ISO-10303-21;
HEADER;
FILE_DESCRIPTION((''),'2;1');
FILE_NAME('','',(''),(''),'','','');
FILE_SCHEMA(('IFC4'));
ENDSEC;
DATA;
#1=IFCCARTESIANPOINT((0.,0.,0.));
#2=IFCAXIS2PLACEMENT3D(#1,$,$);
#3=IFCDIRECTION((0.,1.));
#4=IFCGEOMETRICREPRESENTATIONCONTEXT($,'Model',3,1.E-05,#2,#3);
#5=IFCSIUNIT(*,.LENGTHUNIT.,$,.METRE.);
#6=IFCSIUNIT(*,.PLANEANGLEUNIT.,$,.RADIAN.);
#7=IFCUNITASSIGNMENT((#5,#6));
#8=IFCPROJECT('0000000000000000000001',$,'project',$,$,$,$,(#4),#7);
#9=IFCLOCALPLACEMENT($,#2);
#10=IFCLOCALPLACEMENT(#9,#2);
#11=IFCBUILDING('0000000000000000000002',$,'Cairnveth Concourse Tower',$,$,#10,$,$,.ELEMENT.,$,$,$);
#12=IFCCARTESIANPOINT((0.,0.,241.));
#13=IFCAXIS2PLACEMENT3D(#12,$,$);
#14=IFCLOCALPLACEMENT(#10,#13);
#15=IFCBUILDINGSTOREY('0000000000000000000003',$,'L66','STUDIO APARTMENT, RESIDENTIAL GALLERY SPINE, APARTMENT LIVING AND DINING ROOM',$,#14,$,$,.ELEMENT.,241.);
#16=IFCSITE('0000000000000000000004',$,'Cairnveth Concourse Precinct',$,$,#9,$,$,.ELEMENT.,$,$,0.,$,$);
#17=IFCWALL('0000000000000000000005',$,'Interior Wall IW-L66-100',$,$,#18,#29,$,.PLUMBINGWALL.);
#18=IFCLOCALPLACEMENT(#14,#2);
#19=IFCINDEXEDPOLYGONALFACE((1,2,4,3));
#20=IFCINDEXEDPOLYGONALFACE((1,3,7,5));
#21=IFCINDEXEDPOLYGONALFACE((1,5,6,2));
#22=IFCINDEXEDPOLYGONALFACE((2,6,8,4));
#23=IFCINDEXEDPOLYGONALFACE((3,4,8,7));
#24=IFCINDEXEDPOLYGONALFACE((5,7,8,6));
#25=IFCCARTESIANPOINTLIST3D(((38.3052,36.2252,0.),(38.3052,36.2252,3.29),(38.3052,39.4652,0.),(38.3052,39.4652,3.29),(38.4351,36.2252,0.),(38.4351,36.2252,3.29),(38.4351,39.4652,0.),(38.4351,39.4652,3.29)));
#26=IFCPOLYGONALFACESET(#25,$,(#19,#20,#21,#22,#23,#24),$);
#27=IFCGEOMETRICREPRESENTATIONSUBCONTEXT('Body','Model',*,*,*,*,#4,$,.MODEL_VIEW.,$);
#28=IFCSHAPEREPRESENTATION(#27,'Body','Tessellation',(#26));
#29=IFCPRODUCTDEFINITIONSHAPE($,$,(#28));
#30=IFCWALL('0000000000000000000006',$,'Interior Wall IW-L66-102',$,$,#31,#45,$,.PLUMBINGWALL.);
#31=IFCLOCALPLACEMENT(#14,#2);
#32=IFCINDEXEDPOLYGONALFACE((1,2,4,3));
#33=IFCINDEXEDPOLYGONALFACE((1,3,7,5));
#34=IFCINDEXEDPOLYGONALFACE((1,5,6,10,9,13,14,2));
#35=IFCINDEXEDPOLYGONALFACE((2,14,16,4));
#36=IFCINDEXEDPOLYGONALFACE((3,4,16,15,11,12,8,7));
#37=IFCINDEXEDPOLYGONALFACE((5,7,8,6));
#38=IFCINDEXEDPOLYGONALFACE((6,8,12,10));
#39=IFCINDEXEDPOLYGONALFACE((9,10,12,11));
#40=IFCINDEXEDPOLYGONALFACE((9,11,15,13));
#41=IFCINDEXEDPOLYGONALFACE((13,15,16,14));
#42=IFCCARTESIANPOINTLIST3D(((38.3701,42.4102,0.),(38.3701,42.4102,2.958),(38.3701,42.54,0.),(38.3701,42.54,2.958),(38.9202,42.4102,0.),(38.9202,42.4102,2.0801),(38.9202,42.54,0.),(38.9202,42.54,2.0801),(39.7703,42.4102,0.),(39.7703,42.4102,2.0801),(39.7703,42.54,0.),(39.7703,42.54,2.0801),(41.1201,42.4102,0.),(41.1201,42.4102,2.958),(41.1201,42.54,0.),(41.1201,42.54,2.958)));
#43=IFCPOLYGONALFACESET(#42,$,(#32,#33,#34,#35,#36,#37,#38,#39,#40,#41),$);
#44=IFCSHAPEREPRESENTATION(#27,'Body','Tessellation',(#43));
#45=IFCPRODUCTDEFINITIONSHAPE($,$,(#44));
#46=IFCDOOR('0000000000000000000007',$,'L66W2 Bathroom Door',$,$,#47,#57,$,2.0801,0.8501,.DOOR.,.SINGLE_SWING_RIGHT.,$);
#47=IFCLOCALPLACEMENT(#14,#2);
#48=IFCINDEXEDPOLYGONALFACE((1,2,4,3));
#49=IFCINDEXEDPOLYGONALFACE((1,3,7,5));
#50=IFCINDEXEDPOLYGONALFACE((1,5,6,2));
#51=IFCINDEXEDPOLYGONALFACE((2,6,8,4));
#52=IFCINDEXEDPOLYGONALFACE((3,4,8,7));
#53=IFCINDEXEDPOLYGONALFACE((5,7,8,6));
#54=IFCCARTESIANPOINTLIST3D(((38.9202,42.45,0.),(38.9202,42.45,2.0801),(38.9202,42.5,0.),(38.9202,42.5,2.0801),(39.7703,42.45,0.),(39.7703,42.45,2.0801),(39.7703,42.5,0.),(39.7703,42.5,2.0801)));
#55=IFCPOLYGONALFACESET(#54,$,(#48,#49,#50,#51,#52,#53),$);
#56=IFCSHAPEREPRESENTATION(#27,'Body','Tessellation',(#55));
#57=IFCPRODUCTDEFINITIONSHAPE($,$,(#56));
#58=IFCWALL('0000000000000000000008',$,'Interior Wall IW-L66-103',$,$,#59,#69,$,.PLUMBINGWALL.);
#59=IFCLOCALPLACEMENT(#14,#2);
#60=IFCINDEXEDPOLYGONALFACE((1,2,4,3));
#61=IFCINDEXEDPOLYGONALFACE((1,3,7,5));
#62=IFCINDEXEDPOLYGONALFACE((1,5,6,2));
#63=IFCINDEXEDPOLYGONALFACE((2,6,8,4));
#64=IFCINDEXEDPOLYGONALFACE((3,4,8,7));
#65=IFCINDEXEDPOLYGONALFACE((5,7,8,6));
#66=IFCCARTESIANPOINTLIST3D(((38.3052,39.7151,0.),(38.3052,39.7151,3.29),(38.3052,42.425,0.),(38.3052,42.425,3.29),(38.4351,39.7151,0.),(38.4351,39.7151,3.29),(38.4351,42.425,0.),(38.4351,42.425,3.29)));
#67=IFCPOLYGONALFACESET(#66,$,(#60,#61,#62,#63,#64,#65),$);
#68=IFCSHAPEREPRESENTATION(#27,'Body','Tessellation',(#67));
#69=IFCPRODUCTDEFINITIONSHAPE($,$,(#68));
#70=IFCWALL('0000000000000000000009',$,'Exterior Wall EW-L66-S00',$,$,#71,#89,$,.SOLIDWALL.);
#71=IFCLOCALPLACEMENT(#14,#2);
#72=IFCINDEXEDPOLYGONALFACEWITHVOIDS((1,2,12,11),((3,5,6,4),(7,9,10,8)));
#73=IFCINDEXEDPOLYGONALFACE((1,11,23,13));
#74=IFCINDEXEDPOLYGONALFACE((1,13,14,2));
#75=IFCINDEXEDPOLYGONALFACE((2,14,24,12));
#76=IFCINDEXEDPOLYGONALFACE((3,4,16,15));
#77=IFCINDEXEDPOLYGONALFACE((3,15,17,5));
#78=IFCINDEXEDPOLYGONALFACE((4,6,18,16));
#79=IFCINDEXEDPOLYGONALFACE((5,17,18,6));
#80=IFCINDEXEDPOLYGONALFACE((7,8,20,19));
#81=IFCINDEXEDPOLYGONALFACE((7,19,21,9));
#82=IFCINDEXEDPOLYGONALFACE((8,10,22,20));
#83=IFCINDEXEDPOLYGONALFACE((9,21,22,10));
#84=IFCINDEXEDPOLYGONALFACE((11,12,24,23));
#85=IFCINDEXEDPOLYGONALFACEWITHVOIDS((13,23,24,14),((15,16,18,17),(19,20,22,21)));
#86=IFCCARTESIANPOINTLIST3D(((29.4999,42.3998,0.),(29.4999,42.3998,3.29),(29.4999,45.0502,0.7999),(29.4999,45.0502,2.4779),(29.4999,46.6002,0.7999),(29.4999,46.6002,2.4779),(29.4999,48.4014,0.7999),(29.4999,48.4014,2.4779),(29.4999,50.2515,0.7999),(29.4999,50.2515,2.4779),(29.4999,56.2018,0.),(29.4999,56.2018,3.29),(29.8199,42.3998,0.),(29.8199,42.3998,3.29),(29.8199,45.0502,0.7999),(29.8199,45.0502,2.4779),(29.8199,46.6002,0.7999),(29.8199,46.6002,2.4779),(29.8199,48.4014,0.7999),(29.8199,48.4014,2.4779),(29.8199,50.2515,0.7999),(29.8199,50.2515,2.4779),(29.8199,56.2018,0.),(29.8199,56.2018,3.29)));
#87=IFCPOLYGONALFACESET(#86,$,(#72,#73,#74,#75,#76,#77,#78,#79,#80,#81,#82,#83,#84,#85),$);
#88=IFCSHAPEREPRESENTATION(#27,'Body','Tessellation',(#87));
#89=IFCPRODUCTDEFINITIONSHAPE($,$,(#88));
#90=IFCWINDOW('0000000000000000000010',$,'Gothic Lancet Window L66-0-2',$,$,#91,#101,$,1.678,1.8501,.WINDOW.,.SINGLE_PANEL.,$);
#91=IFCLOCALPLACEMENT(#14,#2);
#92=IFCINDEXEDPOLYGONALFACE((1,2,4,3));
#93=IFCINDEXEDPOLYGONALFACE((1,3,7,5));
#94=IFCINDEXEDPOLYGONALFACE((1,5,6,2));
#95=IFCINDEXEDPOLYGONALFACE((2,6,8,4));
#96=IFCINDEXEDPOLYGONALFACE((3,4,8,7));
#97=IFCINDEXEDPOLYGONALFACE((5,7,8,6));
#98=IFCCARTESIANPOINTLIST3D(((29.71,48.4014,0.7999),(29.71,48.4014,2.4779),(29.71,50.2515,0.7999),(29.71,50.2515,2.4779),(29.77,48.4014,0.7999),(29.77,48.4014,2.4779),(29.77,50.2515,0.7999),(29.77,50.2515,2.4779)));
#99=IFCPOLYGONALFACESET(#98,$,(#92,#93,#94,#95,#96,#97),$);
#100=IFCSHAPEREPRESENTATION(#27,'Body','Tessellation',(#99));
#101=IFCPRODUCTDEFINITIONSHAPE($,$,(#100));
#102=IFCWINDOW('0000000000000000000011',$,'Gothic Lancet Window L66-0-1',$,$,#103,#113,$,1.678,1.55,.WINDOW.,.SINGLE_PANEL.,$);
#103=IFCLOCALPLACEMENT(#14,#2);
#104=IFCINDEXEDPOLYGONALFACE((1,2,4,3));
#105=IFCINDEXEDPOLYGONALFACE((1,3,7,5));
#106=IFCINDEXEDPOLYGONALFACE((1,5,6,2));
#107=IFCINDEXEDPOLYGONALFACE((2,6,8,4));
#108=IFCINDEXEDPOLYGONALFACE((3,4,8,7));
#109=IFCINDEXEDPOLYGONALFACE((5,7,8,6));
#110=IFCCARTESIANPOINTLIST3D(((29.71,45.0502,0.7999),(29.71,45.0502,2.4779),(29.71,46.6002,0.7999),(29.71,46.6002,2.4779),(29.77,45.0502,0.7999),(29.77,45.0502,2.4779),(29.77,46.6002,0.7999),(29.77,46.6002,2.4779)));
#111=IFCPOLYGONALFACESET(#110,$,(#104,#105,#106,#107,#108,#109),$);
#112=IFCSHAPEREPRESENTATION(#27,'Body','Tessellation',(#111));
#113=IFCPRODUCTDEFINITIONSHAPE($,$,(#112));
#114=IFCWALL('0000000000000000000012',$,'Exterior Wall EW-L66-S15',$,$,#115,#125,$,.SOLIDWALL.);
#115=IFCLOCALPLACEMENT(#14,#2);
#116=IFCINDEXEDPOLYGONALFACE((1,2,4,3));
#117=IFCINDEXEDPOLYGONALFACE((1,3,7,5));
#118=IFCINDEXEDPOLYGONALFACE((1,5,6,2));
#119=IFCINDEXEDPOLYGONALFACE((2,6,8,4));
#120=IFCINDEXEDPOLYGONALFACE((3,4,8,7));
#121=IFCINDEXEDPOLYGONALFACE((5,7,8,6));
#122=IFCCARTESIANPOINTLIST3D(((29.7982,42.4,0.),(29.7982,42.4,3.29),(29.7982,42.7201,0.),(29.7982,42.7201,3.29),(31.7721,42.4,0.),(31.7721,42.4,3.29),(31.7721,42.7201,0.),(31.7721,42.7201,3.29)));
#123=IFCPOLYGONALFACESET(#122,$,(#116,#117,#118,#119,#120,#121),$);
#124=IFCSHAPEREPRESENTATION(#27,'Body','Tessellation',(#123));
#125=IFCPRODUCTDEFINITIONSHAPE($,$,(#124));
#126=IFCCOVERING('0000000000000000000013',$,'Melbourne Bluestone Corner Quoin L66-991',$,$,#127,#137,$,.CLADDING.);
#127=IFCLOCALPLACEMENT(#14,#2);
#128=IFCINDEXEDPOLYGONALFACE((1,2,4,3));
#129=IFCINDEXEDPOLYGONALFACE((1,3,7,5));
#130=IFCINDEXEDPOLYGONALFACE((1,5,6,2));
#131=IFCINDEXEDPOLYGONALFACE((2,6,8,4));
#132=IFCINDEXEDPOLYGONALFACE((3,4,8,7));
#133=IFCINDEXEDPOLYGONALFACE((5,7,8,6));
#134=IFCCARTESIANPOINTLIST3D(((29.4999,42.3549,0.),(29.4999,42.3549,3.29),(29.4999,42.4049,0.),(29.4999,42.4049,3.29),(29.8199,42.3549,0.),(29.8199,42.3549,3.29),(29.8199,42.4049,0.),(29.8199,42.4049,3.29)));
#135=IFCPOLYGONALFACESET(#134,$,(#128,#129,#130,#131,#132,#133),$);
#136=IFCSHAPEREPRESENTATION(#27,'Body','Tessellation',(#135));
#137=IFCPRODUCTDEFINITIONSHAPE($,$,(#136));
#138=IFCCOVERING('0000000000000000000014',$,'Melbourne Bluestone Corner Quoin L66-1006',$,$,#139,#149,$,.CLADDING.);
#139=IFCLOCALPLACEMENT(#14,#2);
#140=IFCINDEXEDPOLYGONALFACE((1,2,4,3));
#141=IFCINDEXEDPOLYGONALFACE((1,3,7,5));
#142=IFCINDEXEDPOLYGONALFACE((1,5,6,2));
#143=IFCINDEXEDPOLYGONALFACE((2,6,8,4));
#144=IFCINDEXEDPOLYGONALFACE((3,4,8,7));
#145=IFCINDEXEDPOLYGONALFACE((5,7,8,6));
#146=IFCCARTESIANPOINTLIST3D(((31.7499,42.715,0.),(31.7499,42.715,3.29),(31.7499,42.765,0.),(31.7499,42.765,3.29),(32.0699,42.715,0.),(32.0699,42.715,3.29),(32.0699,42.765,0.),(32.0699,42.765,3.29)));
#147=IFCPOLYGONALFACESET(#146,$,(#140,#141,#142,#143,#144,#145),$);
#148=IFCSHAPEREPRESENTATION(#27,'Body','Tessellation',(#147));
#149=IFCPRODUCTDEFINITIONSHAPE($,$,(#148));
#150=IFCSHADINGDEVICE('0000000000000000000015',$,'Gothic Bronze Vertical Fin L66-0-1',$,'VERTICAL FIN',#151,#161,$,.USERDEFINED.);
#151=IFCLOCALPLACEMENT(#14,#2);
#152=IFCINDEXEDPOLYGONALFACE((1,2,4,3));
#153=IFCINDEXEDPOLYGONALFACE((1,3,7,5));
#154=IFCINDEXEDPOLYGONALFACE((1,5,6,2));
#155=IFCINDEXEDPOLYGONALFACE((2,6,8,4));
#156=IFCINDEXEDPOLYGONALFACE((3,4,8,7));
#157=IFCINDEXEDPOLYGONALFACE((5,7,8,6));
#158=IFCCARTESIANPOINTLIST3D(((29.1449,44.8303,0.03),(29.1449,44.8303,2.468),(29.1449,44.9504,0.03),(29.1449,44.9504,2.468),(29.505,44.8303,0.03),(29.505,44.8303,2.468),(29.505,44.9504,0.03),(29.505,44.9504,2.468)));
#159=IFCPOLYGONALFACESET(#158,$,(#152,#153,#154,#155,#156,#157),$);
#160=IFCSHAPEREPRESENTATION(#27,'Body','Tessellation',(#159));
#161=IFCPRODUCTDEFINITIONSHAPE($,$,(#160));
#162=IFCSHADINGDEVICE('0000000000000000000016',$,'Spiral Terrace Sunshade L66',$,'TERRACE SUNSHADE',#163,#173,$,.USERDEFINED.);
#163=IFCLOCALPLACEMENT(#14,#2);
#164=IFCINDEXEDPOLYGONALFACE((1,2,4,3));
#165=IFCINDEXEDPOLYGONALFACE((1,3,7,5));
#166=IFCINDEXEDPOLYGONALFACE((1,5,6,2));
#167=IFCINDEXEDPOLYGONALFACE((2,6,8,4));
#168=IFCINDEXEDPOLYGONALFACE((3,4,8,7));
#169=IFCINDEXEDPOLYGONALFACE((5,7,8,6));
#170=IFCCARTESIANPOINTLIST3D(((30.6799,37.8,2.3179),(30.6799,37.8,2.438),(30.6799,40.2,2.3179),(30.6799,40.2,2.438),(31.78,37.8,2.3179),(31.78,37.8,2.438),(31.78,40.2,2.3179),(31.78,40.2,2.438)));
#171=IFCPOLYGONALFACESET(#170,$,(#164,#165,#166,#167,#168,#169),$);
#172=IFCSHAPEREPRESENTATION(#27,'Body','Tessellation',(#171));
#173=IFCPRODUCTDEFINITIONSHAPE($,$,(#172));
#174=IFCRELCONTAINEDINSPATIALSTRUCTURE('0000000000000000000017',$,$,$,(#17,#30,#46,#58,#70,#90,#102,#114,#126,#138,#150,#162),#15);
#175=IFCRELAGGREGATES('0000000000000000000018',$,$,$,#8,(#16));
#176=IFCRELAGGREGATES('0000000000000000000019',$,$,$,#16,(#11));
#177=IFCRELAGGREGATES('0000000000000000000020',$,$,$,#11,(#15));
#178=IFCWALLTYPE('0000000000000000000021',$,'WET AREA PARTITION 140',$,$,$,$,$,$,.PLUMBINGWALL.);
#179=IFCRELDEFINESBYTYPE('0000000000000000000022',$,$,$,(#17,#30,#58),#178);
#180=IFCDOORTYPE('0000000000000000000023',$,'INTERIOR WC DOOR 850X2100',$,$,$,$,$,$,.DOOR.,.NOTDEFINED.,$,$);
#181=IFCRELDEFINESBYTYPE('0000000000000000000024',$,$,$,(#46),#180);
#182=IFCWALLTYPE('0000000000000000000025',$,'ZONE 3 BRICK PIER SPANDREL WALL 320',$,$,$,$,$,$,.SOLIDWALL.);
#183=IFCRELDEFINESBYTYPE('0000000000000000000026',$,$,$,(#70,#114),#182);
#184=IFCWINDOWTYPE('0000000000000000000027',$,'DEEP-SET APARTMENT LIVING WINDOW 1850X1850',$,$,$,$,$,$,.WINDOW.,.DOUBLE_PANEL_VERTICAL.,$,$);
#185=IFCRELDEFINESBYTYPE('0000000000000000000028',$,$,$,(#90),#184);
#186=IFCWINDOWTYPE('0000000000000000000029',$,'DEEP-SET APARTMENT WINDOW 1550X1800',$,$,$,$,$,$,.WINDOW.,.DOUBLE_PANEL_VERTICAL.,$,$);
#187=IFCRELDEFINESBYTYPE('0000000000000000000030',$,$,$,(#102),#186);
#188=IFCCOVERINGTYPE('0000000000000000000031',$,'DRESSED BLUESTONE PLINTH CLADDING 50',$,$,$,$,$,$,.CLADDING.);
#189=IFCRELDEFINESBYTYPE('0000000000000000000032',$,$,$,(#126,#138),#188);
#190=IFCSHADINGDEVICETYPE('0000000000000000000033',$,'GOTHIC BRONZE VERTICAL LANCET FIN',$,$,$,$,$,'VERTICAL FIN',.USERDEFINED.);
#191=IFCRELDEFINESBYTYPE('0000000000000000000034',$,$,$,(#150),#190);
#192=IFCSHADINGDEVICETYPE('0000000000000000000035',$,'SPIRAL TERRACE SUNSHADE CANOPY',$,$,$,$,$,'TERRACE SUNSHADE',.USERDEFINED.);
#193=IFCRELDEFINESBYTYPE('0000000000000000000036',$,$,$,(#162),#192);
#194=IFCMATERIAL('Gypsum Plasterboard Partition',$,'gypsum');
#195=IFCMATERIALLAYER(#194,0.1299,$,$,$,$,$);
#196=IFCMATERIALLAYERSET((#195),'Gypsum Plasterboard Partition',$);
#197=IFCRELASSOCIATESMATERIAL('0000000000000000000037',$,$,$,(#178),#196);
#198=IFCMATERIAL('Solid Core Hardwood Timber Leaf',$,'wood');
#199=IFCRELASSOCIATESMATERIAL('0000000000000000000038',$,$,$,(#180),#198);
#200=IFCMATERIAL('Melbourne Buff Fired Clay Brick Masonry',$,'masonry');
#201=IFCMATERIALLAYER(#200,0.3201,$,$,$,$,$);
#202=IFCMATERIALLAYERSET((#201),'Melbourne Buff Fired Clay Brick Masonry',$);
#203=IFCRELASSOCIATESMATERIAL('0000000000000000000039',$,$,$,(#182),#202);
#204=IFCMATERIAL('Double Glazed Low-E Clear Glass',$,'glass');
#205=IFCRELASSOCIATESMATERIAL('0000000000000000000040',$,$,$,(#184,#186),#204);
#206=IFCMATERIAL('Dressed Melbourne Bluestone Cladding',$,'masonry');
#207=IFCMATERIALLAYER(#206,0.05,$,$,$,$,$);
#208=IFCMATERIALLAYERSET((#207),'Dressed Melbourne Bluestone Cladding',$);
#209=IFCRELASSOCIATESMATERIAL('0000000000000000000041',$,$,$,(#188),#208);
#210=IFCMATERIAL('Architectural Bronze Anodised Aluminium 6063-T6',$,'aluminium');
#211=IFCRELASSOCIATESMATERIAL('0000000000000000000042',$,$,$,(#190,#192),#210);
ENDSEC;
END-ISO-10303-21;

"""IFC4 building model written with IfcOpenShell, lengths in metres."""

from ifc_helpers import new_model, si_unit, direction, frame, frame_2d, origin, origin_2d, place, context, subcontext, project, spatial, rectangle, extrude, material, layer, layer_set, type_object, element, fill, save


model = new_model("IFC4")

# Units and contexts
model_context = context("Model", 3, precision=1e-05, world=origin(), true_north=direction((0.0, 1.0)))
body_context = subcontext(model_context, "Body", "Model", "MODEL_VIEW")
ifc_project = project(units=[si_unit("LENGTHUNIT", "METRE"), si_unit("PLANEANGLEUNIT", "RADIAN")], contexts=[model_context])

# Site, building, storey
site_placement = place(None, origin())
site = spatial("IfcSite", under=ifc_project, at=site_placement, Name="Cairnveth Concourse Precinct", CompositionType="ELEMENT", RefElevation=0.0)
building_placement = place(site_placement, origin())
building = spatial("IfcBuilding", under=site, at=building_placement, Name="Cairnveth Concourse Tower", CompositionType="ELEMENT")
storey_placement = place(building_placement, frame((0.0, 0.0, 241.0)))
storey = spatial("IfcBuildingStorey", under=building, at=storey_placement, Name="L66", Description="STUDIO APARTMENT, RESIDENTIAL GALLERY SPINE, APARTMENT LIVING AND DINING ROOM", CompositionType="ELEMENT", Elevation=241.0)

# Shared definitions
ifc_material_1 = material(Name="Gypsum Plasterboard Partition", Category="gypsum")

# Shared definitions
ifc_material_2 = material(Name="Solid Core Hardwood Timber Leaf", Category="wood")

# Shared definitions
ifc_material_3 = material(Name="Dressed Melbourne Bluestone Cladding", Category="masonry")

# Shared definitions
ifc_layer_1 = layer(ifc_material_1, 0.1299)
ifc_layer_set_1 = layer_set([ifc_layer_1], Name="Gypsum Plasterboard Partition")
wall_type_1 = type_object("IfcWallType", Name="WET AREA PARTITION 140", PredefinedType="PLUMBINGWALL", material=ifc_layer_set_1)

# Wall
wall_1_placement = place(storey_placement, frame((38.3701, 36.2251, 0.0), z_axis=(0.0, 0.0, 1.0), x_axis=(0.0, 1.0, 0.0)))
element("IfcWall", 1, at=wall_1_placement, inside=storey, type_object=wall_type_1, Name="Interior Wall IW-L66-100", PredefinedType="PLUMBINGWALL", context=body_context, shape_type="SweptSolid", body=[
    extrude(rectangle(XDim=3.24, YDim=0.1299, at=frame_2d((1.6201, 0.0))), origin(), (0.0, 0.0, 1.0), 3.29),
])

# Wall, opening, door
wall_2_placement = place(storey_placement, frame((38.3701, 42.4751, 0.0), z_axis=(0.0, 0.0, 1.0), x_axis=(1.0, 0.0, 0.0)))
wall_2 = element("IfcWall", 2, at=wall_2_placement, inside=storey, type_object=wall_type_1, Name="Interior Wall IW-L66-102", PredefinedType="PLUMBINGWALL", context=body_context, shape_type="SweptSolid", body=[
    extrude(rectangle(XDim=2.75, YDim=0.1299, at=frame_2d((1.375, 0.0))), origin(), (0.0, 0.0, 1.0), 2.958),
])
opening_1_placement = place(wall_2_placement, frame((0.55, 0.0, 0.0)))
opening_1 = element("IfcOpeningElement", 3, at=opening_1_placement, cuts=wall_2, PredefinedType="OPENING", context=body_context, shape_type="SweptSolid", body=[
    extrude(rectangle(XDim=0.8501, YDim=2.0801, at=frame_2d((0.425, 1.04))), frame((0.0, 0.075, 0.0), z_axis=(0.0, -1.0, 0.0), x_axis=(1.0, 0.0, 0.0)), (0.0, 0.0, 1.0), 0.1499),
])
door_type_1 = type_object("IfcDoorType", Name="INTERIOR WC DOOR 850X2100", OperationType="NOTDEFINED", PredefinedType="DOOR", material=ifc_material_2)
door_1_placement = place(opening_1_placement, origin())
door_1 = element("IfcDoor", 4, at=door_1_placement, inside=storey, type_object=door_type_1, Name="L66W2 Bathroom Door", OperationType="SINGLE_SWING_RIGHT", OverallHeight=2.0801, OverallWidth=0.8501, PredefinedType="DOOR", context=body_context, shape_type="SweptSolid", body=[
    extrude(rectangle(XDim=0.8501, YDim=2.0801, at=frame_2d((0.425, 1.04))), frame((0.0, 0.0249, 0.0), z_axis=(0.0, -1.0, 0.0), x_axis=(1.0, 0.0, 0.0)), (0.0, 0.0, 1.0), 0.05),
])
fill(opening_1, door_1)

# Wall
wall_3_placement = place(storey_placement, frame((38.3701, 39.7151, 0.0), z_axis=(0.0, 0.0, 1.0), x_axis=(0.0, 1.0, 0.0)))
element("IfcWall", 5, at=wall_3_placement, inside=storey, type_object=wall_type_1, Name="Interior Wall IW-L66-103", PredefinedType="PLUMBINGWALL", context=body_context, shape_type="SweptSolid", body=[
    extrude(rectangle(XDim=2.71, YDim=0.1299, at=frame_2d((1.355, 0.0))), origin(), (0.0, 0.0, 1.0), 3.29),
])

# Wall, openings, windows
ifc_material_4 = material(Name="Melbourne Buff Fired Clay Brick Masonry", Category="masonry")
ifc_layer_2 = layer(ifc_material_4, 0.3201)
ifc_layer_set_2 = layer_set([ifc_layer_2], Name="Melbourne Buff Fired Clay Brick Masonry")
wall_type_2 = type_object("IfcWallType", Name="ZONE 3 BRICK PIER SPANDREL WALL 320", PredefinedType="SOLIDWALL", material=ifc_layer_set_2)
wall_4_placement = place(storey_placement, frame((29.6599, 42.3999, 0.0), z_axis=(0.0, 0.0, 1.0), x_axis=(0.0, 1.0, 0.0)))
wall_4 = element("IfcWall", 6, at=wall_4_placement, inside=storey, type_object=wall_type_2, Name="Exterior Wall EW-L66-S00", PredefinedType="SOLIDWALL", context=body_context, shape_type="SweptSolid", body=[
    extrude(rectangle(XDim=13.802, YDim=0.3201, at=frame_2d((6.9009, 0.0))), origin(), (0.0, 0.0, 1.0), 3.29),
])
opening_2_placement = place(wall_4_placement, frame((2.6504, 0.0, 0.8)))
opening_2 = element("IfcOpeningElement", 7, at=opening_2_placement, cuts=wall_4, PredefinedType="OPENING", context=body_context, shape_type="SweptSolid", body=[
    extrude(rectangle(XDim=1.55, YDim=1.678, at=frame_2d((0.7749, 0.8389))), frame((0.0, 0.1699, 0.0), z_axis=(0.0, -1.0, 0.0), x_axis=(1.0, 0.0, 0.0)), (0.0, 0.0, 1.0), 0.3401),
])
opening_3_placement = place(wall_4_placement, frame((6.0015, 0.0, 0.8)))
opening_3 = element("IfcOpeningElement", 8, at=opening_3_placement, cuts=wall_4, PredefinedType="OPENING", context=body_context, shape_type="SweptSolid", body=[
    extrude(rectangle(XDim=1.8501, YDim=1.678, at=frame_2d((0.925, 0.8389))), frame((0.0, 0.1699, 0.0), z_axis=(0.0, -1.0, 0.0), x_axis=(1.0, 0.0, 0.0)), (0.0, 0.0, 1.0), 0.3401),
])
ifc_material_5 = material(Name="Double Glazed Low-E Clear Glass", Category="glass")
window_type_1 = type_object("IfcWindowType", Name="DEEP-SET APARTMENT LIVING WINDOW 1850X1850", PartitioningType="DOUBLE_PANEL_VERTICAL", PredefinedType="WINDOW", material=ifc_material_5)
window_1_placement = place(opening_3_placement, origin())
window_1 = element("IfcWindow", 9, at=window_1_placement, inside=storey, type_object=window_type_1, Name="Gothic Lancet Window L66-0-2", OverallHeight=1.678, OverallWidth=1.8501, PartitioningType="SINGLE_PANEL", PredefinedType="WINDOW", context=body_context, shape_type="SweptSolid", body=[
    extrude(rectangle(XDim=1.8501, YDim=1.678, at=frame_2d((0.925, 0.8389))), frame((0.0, -0.05, 0.0), z_axis=(0.0, -1.0, 0.0), x_axis=(1.0, 0.0, 0.0)), (0.0, 0.0, 1.0), 0.0601),
])
fill(opening_3, window_1)
window_type_2 = type_object("IfcWindowType", Name="DEEP-SET APARTMENT WINDOW 1550X1800", PartitioningType="DOUBLE_PANEL_VERTICAL", PredefinedType="WINDOW", material=ifc_material_5)
window_2_placement = place(opening_2_placement, origin())
window_2 = element("IfcWindow", 10, at=window_2_placement, inside=storey, type_object=window_type_2, Name="Gothic Lancet Window L66-0-1", OverallHeight=1.678, OverallWidth=1.55, PartitioningType="SINGLE_PANEL", PredefinedType="WINDOW", context=body_context, shape_type="SweptSolid", body=[
    extrude(rectangle(XDim=1.55, YDim=1.678, at=frame_2d((0.7749, 0.8389))), frame((0.0, -0.05, 0.0), z_axis=(0.0, -1.0, 0.0), x_axis=(1.0, 0.0, 0.0)), (0.0, 0.0, 1.0), 0.0601),
])
fill(opening_2, window_2)

# Wall
wall_5_placement = place(storey_placement, frame((31.772, 42.5601, 0.0), z_axis=(0.0, 0.0, 1.0), x_axis=(-1.0, 0.0, 0.0)))
element("IfcWall", 11, at=wall_5_placement, inside=storey, type_object=wall_type_2, Name="Exterior Wall EW-L66-S15", PredefinedType="SOLIDWALL", context=body_context, shape_type="SweptSolid", body=[
    extrude(rectangle(XDim=1.9739, YDim=0.3201, at=frame_2d((0.9868, 0.0))), origin(), (0.0, 0.0, 1.0), 3.29),
])

# Coverings
ifc_layer_3 = layer(ifc_material_3, 0.05)
ifc_layer_set_3 = layer_set([ifc_layer_3], Name="Dressed Melbourne Bluestone Cladding")
covering_type = type_object("IfcCoveringType", Name="DRESSED BLUESTONE PLINTH CLADDING 50", PredefinedType="CLADDING", material=ifc_layer_set_3)
for number, where, z_axis, x_axis, name in (
    (12, (29.8201, 42.3799, 0.0), (0.0, 0.0, 1.0), (-1.0, 0.0, 0.0), "Melbourne Bluestone Corner Quoin L66-991"),
    (13, (32.0701, 42.74, 0.0), (0.0, 0.0, 1.0), (-1.0, 0.0, 0.0), "Melbourne Bluestone Corner Quoin L66-1006"),
):
    element("IfcCovering", number, at=place(storey_placement, frame(where, z_axis=z_axis, x_axis=x_axis)), inside=storey, type_object=covering_type, Name=name, PredefinedType="CLADDING", context=body_context, shape_type="SweptSolid", body=[
        extrude(rectangle(XDim=0.3201, YDim=0.05, at=frame_2d((0.1602, 0.0))), origin(), (0.0, 0.0, 1.0), 3.29),
    ])

# Shading devices
ifc_material_6 = material(Name="Architectural Bronze Anodised Aluminium 6063-T6", Category="aluminium")
shading_device_type_1 = type_object("IfcShadingDeviceType", Name="GOTHIC BRONZE VERTICAL LANCET FIN", ElementType="VERTICAL FIN", PredefinedType="USERDEFINED", material=ifc_material_6)
shading_device_1_placement = place(storey_placement, frame((29.325, 44.8904, 0.03), z_axis=(0.0, 0.0, 1.0), x_axis=(0.0, 1.0, 0.0)))
element("IfcShadingDevice", 14, at=shading_device_1_placement, inside=storey, type_object=shading_device_type_1, Name="Gothic Bronze Vertical Fin L66-0-1", ObjectType="VERTICAL FIN", PredefinedType="USERDEFINED", context=body_context, shape_type="SweptSolid", body=[
    extrude(rectangle(XDim=0.1201, YDim=0.3601, at=origin_2d()), origin(), (0.0, 0.0, 1.0), 2.438),
])
shading_device_type_2 = type_object("IfcShadingDeviceType", Name="SPIRAL TERRACE SUNSHADE CANOPY", ElementType="TERRACE SUNSHADE", PredefinedType="USERDEFINED", material=ifc_material_6)
shading_device_2_placement = place(storey_placement, frame((31.23, 39.0, 2.3179), z_axis=(0.0, 0.0, 1.0), x_axis=(1.0, 0.0, 0.0)))
element("IfcShadingDevice", 15, at=shading_device_2_placement, inside=storey, type_object=shading_device_type_2, Name="Spiral Terrace Sunshade L66", ObjectType="TERRACE SUNSHADE", PredefinedType="USERDEFINED", context=body_context, shape_type="SweptSolid", body=[
    extrude(rectangle(XDim=1.1001, YDim=2.3999, at=origin_2d()), origin(), (0.0, 0.0, 1.0), 0.1201),
])

save(model, "model.ifc")
